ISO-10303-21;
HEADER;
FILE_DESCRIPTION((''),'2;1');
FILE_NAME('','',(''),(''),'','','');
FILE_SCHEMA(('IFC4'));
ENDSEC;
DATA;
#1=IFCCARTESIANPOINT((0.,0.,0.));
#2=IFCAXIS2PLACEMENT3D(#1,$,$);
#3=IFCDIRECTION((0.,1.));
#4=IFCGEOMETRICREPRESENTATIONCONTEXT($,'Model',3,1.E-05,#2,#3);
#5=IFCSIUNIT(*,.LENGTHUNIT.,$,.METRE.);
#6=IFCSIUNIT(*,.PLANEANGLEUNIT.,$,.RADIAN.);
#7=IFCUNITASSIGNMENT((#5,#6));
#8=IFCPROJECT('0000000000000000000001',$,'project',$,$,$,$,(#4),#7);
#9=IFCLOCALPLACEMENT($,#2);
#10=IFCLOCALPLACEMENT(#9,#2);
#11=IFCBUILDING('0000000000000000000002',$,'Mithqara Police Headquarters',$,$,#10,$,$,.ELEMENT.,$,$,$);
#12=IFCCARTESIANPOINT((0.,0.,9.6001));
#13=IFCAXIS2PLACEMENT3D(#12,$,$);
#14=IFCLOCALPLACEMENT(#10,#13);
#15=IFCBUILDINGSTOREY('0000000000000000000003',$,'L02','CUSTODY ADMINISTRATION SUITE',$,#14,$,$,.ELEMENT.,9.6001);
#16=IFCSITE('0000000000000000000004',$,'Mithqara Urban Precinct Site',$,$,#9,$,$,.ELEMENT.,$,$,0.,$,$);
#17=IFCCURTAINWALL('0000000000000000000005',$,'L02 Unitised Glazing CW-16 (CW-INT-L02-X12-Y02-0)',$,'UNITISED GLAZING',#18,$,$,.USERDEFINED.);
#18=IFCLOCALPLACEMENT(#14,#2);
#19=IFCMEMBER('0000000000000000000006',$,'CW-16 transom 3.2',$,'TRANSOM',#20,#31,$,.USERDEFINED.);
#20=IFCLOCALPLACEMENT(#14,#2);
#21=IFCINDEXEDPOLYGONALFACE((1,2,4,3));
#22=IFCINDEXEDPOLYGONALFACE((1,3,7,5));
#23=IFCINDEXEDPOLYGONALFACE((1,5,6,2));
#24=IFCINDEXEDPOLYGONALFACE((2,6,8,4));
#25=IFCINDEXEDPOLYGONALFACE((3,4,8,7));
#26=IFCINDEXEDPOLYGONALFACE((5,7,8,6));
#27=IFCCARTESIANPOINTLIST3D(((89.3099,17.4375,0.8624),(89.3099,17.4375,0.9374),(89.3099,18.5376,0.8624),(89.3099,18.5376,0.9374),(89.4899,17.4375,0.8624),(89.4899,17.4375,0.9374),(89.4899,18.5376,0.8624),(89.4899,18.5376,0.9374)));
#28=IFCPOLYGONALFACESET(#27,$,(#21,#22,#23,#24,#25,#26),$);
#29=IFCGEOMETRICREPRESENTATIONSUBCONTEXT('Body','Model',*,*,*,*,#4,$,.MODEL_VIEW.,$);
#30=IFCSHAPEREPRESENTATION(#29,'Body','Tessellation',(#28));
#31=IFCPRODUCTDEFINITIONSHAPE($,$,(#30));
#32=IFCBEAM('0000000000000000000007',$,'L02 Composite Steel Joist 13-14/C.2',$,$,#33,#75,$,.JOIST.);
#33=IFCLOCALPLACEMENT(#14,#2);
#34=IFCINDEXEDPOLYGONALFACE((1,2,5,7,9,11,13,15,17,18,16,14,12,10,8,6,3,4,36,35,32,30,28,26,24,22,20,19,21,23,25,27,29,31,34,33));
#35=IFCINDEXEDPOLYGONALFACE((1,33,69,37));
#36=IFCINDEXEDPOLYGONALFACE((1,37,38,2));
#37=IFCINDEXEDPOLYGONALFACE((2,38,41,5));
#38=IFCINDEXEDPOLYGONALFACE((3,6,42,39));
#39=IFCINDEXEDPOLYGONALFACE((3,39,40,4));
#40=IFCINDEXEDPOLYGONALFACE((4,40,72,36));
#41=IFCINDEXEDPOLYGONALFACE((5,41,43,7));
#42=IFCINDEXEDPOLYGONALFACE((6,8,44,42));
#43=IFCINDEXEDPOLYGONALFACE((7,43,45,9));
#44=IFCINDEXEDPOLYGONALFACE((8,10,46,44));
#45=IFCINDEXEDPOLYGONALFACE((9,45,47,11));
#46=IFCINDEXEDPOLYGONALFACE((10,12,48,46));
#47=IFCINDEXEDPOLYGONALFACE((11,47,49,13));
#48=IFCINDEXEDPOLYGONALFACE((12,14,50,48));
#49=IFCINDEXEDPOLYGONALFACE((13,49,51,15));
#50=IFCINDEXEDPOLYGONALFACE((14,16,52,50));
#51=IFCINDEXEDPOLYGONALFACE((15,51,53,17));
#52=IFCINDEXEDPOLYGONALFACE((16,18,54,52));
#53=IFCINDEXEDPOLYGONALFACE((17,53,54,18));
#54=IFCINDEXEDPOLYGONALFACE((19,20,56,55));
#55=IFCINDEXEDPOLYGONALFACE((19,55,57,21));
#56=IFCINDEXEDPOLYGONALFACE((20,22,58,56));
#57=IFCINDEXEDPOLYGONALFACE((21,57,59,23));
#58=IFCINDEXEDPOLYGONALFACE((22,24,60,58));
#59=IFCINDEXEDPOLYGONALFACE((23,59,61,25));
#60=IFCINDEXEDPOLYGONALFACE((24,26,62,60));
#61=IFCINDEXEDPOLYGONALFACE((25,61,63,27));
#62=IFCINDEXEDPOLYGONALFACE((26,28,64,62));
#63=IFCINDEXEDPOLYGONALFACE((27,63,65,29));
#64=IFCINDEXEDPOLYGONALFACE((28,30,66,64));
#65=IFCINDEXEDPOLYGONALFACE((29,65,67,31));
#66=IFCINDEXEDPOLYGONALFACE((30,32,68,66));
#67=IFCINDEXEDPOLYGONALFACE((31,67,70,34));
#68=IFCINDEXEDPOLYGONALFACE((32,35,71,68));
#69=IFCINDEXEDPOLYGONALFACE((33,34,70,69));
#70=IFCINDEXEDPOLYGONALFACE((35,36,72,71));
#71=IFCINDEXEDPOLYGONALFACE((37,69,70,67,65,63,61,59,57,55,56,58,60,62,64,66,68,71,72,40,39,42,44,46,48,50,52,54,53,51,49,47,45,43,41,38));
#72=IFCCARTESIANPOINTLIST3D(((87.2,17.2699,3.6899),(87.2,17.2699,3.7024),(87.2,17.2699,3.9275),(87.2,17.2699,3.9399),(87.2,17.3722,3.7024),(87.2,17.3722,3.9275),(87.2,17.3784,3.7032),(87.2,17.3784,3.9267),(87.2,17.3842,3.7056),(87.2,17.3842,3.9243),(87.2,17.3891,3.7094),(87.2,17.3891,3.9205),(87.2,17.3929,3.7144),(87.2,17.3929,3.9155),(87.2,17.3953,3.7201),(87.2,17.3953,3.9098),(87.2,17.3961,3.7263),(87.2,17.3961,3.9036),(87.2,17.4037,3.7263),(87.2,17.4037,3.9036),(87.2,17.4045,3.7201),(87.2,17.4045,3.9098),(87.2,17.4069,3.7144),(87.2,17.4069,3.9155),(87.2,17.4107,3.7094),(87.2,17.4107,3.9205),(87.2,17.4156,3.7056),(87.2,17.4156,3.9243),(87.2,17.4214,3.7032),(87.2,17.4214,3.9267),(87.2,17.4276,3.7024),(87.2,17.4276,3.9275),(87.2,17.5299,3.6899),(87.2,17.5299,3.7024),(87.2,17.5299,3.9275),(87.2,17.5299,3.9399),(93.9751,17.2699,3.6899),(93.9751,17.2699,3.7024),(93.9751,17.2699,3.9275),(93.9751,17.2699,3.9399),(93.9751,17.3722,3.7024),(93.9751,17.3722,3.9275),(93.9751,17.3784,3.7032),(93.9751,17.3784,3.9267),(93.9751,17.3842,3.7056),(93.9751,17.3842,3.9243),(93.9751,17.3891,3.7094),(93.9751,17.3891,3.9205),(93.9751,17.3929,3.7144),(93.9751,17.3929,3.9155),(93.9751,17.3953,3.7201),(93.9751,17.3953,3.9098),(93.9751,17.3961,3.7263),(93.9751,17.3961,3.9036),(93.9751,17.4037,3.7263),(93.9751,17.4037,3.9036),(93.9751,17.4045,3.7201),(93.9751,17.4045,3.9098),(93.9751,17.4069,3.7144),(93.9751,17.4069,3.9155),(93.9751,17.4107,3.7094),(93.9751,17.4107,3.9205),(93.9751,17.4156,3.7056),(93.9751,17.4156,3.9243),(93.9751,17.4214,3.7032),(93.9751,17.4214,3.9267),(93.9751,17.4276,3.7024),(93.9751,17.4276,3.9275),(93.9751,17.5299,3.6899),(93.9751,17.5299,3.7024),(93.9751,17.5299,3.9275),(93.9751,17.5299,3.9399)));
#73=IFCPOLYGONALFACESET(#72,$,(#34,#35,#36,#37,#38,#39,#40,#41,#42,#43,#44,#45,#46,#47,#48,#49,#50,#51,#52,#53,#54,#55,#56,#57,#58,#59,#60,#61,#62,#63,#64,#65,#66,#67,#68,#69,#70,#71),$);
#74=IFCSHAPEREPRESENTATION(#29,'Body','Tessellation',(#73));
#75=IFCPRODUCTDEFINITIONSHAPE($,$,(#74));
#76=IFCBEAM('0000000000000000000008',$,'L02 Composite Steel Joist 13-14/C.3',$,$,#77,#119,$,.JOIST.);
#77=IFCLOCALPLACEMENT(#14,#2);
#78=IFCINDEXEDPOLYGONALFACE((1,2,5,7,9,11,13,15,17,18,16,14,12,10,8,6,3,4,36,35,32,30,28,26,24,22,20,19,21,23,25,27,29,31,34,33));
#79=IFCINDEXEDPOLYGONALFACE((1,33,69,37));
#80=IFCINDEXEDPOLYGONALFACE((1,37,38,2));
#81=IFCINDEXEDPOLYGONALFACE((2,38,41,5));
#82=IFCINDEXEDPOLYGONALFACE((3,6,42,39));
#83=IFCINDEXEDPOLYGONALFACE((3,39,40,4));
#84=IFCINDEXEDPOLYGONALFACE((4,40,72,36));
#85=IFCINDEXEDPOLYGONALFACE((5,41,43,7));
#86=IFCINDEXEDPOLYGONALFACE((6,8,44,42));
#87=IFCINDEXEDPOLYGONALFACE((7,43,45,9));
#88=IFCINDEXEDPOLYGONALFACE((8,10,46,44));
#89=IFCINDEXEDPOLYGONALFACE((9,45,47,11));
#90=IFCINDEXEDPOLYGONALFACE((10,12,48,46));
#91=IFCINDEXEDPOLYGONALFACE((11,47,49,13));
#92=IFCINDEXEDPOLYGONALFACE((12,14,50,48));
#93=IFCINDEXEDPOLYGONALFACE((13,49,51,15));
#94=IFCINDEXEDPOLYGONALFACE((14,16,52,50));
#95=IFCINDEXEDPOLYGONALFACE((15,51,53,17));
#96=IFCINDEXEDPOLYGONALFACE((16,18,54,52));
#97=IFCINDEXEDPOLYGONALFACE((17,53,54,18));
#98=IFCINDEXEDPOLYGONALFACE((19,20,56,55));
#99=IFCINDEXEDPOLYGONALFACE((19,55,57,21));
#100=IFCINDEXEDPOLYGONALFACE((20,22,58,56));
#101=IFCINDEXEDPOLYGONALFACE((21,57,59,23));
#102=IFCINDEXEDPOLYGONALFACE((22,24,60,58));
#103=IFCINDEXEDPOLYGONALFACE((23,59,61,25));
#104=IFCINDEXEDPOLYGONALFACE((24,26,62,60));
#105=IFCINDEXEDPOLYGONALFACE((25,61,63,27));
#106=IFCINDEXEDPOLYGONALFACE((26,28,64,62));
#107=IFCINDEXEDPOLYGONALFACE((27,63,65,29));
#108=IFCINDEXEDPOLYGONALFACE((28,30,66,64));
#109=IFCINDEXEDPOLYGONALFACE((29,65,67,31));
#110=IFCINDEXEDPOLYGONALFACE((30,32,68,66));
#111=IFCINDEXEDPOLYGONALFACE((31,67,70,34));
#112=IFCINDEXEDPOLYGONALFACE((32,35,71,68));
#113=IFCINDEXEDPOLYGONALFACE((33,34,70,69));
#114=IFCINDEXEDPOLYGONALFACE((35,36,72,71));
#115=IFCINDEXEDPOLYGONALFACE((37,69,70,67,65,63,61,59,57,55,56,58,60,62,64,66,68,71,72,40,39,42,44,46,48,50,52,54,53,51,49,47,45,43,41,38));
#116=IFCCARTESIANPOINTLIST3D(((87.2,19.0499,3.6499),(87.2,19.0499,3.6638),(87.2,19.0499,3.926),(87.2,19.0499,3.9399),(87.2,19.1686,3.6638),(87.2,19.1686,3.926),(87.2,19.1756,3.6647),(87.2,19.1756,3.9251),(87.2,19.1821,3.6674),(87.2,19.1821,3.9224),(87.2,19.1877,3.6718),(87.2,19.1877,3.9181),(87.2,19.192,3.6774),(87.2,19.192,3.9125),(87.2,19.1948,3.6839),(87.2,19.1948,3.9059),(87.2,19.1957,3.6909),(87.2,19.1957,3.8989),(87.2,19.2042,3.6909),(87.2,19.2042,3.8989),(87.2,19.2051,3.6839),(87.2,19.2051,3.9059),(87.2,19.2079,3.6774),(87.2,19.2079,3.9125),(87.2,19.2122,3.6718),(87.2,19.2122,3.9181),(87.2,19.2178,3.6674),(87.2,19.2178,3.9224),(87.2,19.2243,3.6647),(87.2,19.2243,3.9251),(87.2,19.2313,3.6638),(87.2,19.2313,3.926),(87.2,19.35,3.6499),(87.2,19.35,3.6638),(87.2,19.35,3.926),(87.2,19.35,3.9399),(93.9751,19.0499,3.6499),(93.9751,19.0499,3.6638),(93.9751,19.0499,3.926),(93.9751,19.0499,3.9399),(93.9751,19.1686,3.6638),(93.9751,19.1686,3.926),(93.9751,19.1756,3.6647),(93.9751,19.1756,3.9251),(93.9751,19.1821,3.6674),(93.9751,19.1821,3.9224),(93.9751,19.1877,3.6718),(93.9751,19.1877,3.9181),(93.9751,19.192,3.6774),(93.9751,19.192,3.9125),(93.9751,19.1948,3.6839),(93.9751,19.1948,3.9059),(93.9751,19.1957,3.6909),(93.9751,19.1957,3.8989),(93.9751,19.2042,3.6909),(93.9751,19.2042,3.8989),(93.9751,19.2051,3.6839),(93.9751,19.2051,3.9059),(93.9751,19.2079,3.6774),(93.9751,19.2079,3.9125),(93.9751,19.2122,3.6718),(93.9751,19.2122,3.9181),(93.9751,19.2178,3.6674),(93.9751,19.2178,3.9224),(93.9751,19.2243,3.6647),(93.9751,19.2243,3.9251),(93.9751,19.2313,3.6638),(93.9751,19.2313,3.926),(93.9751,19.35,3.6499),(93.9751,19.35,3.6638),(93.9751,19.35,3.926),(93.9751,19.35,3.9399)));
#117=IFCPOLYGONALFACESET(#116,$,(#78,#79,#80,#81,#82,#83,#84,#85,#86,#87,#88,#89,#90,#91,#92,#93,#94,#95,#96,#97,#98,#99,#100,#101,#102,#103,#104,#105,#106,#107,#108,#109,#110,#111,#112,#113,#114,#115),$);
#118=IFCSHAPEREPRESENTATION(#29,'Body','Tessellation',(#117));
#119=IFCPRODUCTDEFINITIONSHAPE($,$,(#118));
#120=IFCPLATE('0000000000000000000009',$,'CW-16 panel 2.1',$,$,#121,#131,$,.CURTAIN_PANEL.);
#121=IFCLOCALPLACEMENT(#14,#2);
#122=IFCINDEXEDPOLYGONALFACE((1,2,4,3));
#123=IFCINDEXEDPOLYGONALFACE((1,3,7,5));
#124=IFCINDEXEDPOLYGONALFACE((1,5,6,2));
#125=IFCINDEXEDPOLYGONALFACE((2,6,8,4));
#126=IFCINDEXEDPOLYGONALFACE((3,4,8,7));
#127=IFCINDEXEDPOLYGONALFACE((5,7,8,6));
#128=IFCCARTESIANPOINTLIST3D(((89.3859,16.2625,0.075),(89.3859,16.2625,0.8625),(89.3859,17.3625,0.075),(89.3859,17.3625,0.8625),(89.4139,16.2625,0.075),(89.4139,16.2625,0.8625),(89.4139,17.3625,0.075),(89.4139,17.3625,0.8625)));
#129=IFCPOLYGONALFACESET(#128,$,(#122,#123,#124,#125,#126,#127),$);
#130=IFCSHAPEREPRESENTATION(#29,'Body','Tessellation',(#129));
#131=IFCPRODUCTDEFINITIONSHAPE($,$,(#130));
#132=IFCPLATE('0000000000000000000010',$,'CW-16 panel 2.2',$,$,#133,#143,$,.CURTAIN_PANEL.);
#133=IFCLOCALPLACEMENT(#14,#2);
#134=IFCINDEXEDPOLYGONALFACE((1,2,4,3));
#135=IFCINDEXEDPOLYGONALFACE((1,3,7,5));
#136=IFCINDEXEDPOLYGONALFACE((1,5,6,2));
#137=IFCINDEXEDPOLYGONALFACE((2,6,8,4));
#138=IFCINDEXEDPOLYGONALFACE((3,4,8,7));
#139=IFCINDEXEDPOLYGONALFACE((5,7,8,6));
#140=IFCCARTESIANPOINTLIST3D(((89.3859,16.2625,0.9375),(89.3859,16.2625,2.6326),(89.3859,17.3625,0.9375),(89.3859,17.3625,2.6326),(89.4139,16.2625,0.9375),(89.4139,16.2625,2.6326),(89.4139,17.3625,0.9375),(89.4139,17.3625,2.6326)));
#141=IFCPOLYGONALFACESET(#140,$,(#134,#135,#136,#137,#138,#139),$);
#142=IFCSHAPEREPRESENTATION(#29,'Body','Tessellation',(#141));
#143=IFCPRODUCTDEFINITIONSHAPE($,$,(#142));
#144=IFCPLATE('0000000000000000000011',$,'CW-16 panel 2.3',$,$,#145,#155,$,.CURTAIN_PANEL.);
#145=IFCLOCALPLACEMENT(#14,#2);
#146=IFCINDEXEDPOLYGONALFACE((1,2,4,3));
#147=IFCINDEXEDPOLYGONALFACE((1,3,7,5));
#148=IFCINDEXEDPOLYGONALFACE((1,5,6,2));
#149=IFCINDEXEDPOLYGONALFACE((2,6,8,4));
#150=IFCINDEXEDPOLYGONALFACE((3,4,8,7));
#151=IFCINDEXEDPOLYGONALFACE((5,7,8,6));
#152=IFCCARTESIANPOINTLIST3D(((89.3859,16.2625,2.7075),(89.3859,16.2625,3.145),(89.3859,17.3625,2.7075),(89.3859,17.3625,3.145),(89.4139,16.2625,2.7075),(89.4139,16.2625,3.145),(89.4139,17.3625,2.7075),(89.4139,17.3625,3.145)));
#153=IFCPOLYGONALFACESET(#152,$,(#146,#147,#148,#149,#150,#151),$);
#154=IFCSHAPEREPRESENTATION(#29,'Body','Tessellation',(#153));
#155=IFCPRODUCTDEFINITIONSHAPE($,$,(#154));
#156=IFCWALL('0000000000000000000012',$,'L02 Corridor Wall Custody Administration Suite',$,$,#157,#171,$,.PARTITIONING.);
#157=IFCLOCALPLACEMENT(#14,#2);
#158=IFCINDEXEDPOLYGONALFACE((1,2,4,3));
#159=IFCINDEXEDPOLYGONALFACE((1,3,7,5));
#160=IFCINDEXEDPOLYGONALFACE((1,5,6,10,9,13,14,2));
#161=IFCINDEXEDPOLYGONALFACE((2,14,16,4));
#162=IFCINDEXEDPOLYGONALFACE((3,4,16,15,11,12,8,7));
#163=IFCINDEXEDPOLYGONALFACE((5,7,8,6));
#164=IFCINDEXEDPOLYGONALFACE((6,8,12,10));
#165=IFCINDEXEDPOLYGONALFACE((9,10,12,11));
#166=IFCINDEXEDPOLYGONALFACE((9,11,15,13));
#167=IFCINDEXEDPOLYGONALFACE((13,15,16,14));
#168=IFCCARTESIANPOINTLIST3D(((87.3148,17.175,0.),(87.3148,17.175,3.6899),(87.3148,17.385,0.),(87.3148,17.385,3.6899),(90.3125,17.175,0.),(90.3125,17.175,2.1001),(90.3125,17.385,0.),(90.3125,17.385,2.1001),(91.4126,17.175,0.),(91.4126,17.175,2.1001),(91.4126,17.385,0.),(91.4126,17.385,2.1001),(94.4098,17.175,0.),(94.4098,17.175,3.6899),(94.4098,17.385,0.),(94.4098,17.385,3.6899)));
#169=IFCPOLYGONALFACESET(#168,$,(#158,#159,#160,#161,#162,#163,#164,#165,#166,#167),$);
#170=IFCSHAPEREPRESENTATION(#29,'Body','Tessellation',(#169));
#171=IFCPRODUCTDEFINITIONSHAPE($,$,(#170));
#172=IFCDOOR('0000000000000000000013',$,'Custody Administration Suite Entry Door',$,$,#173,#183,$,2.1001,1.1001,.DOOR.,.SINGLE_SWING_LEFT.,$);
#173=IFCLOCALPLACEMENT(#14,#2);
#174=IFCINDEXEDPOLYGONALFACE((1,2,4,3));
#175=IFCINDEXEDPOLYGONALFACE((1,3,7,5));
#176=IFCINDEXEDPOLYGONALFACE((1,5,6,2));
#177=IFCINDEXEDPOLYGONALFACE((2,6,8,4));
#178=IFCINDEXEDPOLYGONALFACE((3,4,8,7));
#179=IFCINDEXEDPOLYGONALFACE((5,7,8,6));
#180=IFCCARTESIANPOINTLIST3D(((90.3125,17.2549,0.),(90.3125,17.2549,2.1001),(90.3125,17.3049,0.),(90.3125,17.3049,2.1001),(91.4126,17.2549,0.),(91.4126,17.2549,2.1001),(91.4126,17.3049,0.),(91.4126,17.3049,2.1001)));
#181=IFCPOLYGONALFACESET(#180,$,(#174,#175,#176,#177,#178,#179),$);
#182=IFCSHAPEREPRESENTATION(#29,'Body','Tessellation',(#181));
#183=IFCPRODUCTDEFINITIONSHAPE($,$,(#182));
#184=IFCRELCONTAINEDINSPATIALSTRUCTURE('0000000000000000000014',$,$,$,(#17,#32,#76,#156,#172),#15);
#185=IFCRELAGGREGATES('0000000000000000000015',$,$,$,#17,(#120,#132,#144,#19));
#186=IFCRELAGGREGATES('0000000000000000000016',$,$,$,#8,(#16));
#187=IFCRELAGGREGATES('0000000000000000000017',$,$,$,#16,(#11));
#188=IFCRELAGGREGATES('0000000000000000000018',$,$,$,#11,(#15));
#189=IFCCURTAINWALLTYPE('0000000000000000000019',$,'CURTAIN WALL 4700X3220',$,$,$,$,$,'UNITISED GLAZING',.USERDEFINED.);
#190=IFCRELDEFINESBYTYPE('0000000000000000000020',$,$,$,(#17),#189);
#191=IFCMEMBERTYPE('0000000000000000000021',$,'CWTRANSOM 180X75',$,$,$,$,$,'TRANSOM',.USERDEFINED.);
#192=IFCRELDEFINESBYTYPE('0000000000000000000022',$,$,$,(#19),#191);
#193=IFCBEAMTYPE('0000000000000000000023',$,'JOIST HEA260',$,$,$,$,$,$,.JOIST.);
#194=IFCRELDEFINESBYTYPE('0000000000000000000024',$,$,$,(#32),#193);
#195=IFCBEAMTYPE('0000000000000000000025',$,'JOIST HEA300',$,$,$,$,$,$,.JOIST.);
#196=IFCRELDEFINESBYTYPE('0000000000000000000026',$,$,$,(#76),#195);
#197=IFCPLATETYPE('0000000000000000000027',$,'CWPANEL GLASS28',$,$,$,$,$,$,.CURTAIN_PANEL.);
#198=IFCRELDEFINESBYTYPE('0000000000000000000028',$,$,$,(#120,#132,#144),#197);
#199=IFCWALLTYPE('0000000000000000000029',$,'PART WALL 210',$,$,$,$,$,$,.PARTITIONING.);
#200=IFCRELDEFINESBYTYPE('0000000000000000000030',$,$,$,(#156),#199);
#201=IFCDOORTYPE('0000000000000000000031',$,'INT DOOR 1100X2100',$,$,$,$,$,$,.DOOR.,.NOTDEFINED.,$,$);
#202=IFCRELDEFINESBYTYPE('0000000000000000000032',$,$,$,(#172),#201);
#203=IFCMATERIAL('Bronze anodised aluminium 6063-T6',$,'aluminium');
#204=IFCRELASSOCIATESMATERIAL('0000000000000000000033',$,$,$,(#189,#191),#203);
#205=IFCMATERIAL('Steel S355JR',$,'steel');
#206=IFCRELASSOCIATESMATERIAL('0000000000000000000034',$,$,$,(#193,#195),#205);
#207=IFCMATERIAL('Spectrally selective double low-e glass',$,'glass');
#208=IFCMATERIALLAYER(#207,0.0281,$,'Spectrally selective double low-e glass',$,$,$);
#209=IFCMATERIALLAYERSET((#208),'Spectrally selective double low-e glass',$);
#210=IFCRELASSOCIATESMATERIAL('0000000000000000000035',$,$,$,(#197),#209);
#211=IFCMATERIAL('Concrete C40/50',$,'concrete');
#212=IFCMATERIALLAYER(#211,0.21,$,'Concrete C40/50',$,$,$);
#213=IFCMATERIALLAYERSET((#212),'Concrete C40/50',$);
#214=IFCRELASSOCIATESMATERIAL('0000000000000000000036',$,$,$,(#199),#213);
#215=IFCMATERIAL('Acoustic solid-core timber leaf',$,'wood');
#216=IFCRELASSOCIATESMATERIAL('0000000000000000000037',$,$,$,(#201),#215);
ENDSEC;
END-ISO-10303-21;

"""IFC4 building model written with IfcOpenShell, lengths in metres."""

from ifc_helpers import new_model, si_unit, direction, frame, frame_2d, origin, origin_2d, place, context, subcontext, project, spatial, rectangle, i_section, extrude, material, layer, layer_set, material_profile, profile_set, type_object, element, fill, aggregate, save


model = new_model("IFC4")

# Units and contexts
model_context = context("Model", 3, precision=1e-05, world=origin(), true_north=direction((0.0, 1.0)))
body_context = subcontext(model_context, "Body", "Model", "MODEL_VIEW")
ifc_project = project(units=[si_unit("LENGTHUNIT", "METRE"), si_unit("PLANEANGLEUNIT", "RADIAN")], contexts=[model_context])

# Site, building, storey
site_placement = place(None, origin())
site = spatial("IfcSite", under=ifc_project, at=site_placement, Name="Mithqara Urban Precinct Site", CompositionType="ELEMENT", RefElevation=0.0)
building_placement = place(site_placement, origin())
building = spatial("IfcBuilding", under=site, at=building_placement, Name="Mithqara Police Headquarters", CompositionType="ELEMENT")
storey_placement = place(building_placement, frame((0.0, 0.0, 9.6001)))
storey = spatial("IfcBuildingStorey", under=building, at=storey_placement, Name="L02", Description="CUSTODY ADMINISTRATION SUITE", CompositionType="ELEMENT", Elevation=9.6001)

# Shared definitions
ifc_material_1 = material(Name="Steel S355JR", Category="steel")
ifc_material_2 = material(Name="Concrete C40/50", Category="concrete")

# Curtain wall, member
ifc_material_3 = material(Name="Bronze anodised aluminium 6063-T6", Category="aluminium")
curtain_wall_type = type_object("IfcCurtainWallType", Name="CURTAIN WALL 4700X3220", ElementType="UNITISED GLAZING", PredefinedType="USERDEFINED", material=ifc_material_3)
curtain_wall_placement = place(storey_placement, origin())
curtain_wall = element("IfcCurtainWall", 1, at=curtain_wall_placement, inside=storey, type_object=curtain_wall_type, Name="L02 Unitised Glazing CW-16 (CW-INT-L02-X12-Y02-0)", ObjectType="UNITISED GLAZING", PredefinedType="USERDEFINED")
ifc_material_profile_1 = material_profile(ifc_material_3, rectangle(XDim=0.1799, YDim=0.075, at=origin_2d()), Name="CWT 180x75")
ifc_profile_set_1 = profile_set([ifc_material_profile_1], Name="Bronze anodised aluminium 6063-T6")
member_type_1 = type_object("IfcMemberType", Name="CWTRANSOM 180X75", ElementType="TRANSOM", PredefinedType="USERDEFINED", material=ifc_profile_set_1)
member_1_placement = place(storey_placement, frame((89.3999, 17.4375, 0.8999), z_axis=(0.0, 1.0, 0.0), x_axis=(-1.0, 0.0, 0.0)))
member_1 = element("IfcMember", 2, at=member_1_placement, type_object=member_type_1, Name="CW-16 transom 3.2", ObjectType="TRANSOM", PredefinedType="USERDEFINED", context=body_context, shape_type="SweptSolid", body=[
    extrude(rectangle(XDim=0.1799, YDim=0.075, at=origin_2d()), origin(), (0.0, 0.0, 1.0), 1.1001),
])

# Beams
ifc_material_profile_2 = material_profile(ifc_material_1, i_section(OverallWidth=0.26, OverallDepth=0.25, WebThickness=0.0076, FlangeThickness=0.0125, FilletRadius=0.0239, at=origin_2d()), Name="HEA 260")
ifc_profile_set_2 = profile_set([ifc_material_profile_2], Name="Steel S355JR")
beam_type_1 = type_object("IfcBeamType", Name="JOIST HEA260", PredefinedType="JOIST", material=ifc_profile_set_2)
beam_1_placement = place(storey_placement, frame((87.2, 17.3999, 3.8149), z_axis=(1.0, 0.0, 0.0), x_axis=(0.0, 1.0, 0.0)))
element("IfcBeam", 3, at=beam_1_placement, inside=storey, type_object=beam_type_1, Name="L02 Composite Steel Joist 13-14/C.2", PredefinedType="JOIST", context=body_context, shape_type="SweptSolid", body=[
    extrude(i_section(OverallWidth=0.26, OverallDepth=0.25, WebThickness=0.0076, FlangeThickness=0.0125, FilletRadius=0.0239, at=origin_2d()), origin(), (0.0, 0.0, 1.0), 6.7751),
])
ifc_material_profile_3 = material_profile(ifc_material_1, i_section(OverallWidth=0.3, OverallDepth=0.29, WebThickness=0.0085, FlangeThickness=0.0139, FilletRadius=0.0271, at=origin_2d()), Name="HEA 300")
ifc_profile_set_3 = profile_set([ifc_material_profile_3], Name="Steel S355JR")
beam_type_2 = type_object("IfcBeamType", Name="JOIST HEA300", PredefinedType="JOIST", material=ifc_profile_set_3)
beam_2_placement = place(storey_placement, frame((87.2, 19.2, 3.7949), z_axis=(1.0, 0.0, 0.0), x_axis=(0.0, 1.0, 0.0)))
element("IfcBeam", 4, at=beam_2_placement, inside=storey, type_object=beam_type_2, Name="L02 Composite Steel Joist 13-14/C.3", PredefinedType="JOIST", context=body_context, shape_type="SweptSolid", body=[
    extrude(i_section(OverallWidth=0.3, OverallDepth=0.29, WebThickness=0.0085, FlangeThickness=0.0139, FilletRadius=0.0271, at=origin_2d()), origin(), (0.0, 0.0, 1.0), 6.7751),
])

# Plates
ifc_material_4 = material(Name="Spectrally selective double low-e glass", Category="glass")
ifc_layer_1 = layer(ifc_material_4, 0.0281, Name="Spectrally selective double low-e glass")
ifc_layer_set_1 = layer_set([ifc_layer_1], Name="Spectrally selective double low-e glass")
plate_type = type_object("IfcPlateType", Name="CWPANEL GLASS28", PredefinedType="CURTAIN_PANEL", material=ifc_layer_set_1)
plate_1_placement = place(storey_placement, frame((89.3999, 16.8125, 0.075), z_axis=(0.0, 0.0, 1.0), x_axis=(0.0, 1.0, 0.0)))
plate_1 = element("IfcPlate", 5, at=plate_1_placement, type_object=plate_type, Name="CW-16 panel 2.1", PredefinedType="CURTAIN_PANEL", context=body_context, shape_type="SweptSolid", body=[
    extrude(rectangle(XDim=1.1001, YDim=0.0281, at=origin_2d()), origin(), (0.0, 0.0, 1.0), 0.7876),
])
plate_2_placement = place(storey_placement, frame((89.3999, 16.8125, 0.9375), z_axis=(0.0, 0.0, 1.0), x_axis=(0.0, 1.0, 0.0)))
plate_2 = element("IfcPlate", 6, at=plate_2_placement, type_object=plate_type, Name="CW-16 panel 2.2", PredefinedType="CURTAIN_PANEL", context=body_context, shape_type="SweptSolid", body=[
    extrude(rectangle(XDim=1.1001, YDim=0.0281, at=origin_2d()), origin(), (0.0, 0.0, 1.0), 1.6951),
])
plate_3_placement = place(storey_placement, frame((89.3999, 16.8125, 2.7075), z_axis=(0.0, 0.0, 1.0), x_axis=(0.0, 1.0, 0.0)))
plate_3 = element("IfcPlate", 7, at=plate_3_placement, type_object=plate_type, Name="CW-16 panel 2.3", PredefinedType="CURTAIN_PANEL", context=body_context, shape_type="SweptSolid", body=[
    extrude(rectangle(XDim=1.1001, YDim=0.0281, at=origin_2d()), origin(), (0.0, 0.0, 1.0), 0.4375),
])
aggregate(curtain_wall, [plate_1, plate_2, plate_3, member_1])

# Wall, opening, door
ifc_layer_2 = layer(ifc_material_2, 0.21, Name="Concrete C40/50")
ifc_layer_set_2 = layer_set([ifc_layer_2], Name="Concrete C40/50")
wall_type_1 = type_object("IfcWallType", Name="PART WALL 210", PredefinedType="PARTITIONING", material=ifc_layer_set_2)
wall_1_placement = place(storey_placement, frame((87.3149, 17.28, 0.0), z_axis=(0.0, 0.0, 1.0), x_axis=(1.0, 0.0, 0.0)))
wall_1 = element("IfcWall", 8, at=wall_1_placement, inside=storey, type_object=wall_type_1, Name="L02 Corridor Wall Custody Administration Suite", PredefinedType="PARTITIONING", context=body_context, shape_type="SweptSolid", body=[
    extrude(rectangle(XDim=7.095, YDim=0.21, at=frame_2d((3.5474, 0.0))), origin(), (0.0, 0.0, 1.0), 3.6899),
])
opening_1_placement = place(wall_1_placement, frame((2.9976, 0.0, 0.0)))
opening_1 = element("IfcOpeningElement", 9, at=opening_1_placement, cuts=wall_1, PredefinedType="OPENING", context=body_context, shape_type="SweptSolid", body=[
    extrude(rectangle(XDim=1.1001, YDim=2.1001, at=frame_2d((0.55, 1.05))), frame((0.0, 0.115, 0.0), z_axis=(0.0, -1.0, 0.0), x_axis=(1.0, 0.0, 0.0)), (0.0, 0.0, 1.0), 0.23),
])
ifc_material_5 = material(Name="Acoustic solid-core timber leaf", Category="wood")
door_type_1 = type_object("IfcDoorType", Name="INT DOOR 1100X2100", OperationType="NOTDEFINED", PredefinedType="DOOR", material=ifc_material_5)
door_1_placement = place(opening_1_placement, origin())
door_1 = element("IfcDoor", 10, at=door_1_placement, inside=storey, type_object=door_type_1, Name="Custody Administration Suite Entry Door", OperationType="SINGLE_SWING_LEFT", OverallHeight=2.1001, OverallWidth=1.1001, PredefinedType="DOOR", context=body_context, shape_type="SweptSolid", body=[
    extrude(rectangle(XDim=1.1001, YDim=2.1001, at=frame_2d((0.55, 1.05))), frame((0.0, 0.0249, 0.0), z_axis=(0.0, -1.0, 0.0), x_axis=(1.0, 0.0, 0.0)), (0.0, 0.0, 1.0), 0.05),
])
fill(opening_1, door_1)

save(model, "model.ifc")
